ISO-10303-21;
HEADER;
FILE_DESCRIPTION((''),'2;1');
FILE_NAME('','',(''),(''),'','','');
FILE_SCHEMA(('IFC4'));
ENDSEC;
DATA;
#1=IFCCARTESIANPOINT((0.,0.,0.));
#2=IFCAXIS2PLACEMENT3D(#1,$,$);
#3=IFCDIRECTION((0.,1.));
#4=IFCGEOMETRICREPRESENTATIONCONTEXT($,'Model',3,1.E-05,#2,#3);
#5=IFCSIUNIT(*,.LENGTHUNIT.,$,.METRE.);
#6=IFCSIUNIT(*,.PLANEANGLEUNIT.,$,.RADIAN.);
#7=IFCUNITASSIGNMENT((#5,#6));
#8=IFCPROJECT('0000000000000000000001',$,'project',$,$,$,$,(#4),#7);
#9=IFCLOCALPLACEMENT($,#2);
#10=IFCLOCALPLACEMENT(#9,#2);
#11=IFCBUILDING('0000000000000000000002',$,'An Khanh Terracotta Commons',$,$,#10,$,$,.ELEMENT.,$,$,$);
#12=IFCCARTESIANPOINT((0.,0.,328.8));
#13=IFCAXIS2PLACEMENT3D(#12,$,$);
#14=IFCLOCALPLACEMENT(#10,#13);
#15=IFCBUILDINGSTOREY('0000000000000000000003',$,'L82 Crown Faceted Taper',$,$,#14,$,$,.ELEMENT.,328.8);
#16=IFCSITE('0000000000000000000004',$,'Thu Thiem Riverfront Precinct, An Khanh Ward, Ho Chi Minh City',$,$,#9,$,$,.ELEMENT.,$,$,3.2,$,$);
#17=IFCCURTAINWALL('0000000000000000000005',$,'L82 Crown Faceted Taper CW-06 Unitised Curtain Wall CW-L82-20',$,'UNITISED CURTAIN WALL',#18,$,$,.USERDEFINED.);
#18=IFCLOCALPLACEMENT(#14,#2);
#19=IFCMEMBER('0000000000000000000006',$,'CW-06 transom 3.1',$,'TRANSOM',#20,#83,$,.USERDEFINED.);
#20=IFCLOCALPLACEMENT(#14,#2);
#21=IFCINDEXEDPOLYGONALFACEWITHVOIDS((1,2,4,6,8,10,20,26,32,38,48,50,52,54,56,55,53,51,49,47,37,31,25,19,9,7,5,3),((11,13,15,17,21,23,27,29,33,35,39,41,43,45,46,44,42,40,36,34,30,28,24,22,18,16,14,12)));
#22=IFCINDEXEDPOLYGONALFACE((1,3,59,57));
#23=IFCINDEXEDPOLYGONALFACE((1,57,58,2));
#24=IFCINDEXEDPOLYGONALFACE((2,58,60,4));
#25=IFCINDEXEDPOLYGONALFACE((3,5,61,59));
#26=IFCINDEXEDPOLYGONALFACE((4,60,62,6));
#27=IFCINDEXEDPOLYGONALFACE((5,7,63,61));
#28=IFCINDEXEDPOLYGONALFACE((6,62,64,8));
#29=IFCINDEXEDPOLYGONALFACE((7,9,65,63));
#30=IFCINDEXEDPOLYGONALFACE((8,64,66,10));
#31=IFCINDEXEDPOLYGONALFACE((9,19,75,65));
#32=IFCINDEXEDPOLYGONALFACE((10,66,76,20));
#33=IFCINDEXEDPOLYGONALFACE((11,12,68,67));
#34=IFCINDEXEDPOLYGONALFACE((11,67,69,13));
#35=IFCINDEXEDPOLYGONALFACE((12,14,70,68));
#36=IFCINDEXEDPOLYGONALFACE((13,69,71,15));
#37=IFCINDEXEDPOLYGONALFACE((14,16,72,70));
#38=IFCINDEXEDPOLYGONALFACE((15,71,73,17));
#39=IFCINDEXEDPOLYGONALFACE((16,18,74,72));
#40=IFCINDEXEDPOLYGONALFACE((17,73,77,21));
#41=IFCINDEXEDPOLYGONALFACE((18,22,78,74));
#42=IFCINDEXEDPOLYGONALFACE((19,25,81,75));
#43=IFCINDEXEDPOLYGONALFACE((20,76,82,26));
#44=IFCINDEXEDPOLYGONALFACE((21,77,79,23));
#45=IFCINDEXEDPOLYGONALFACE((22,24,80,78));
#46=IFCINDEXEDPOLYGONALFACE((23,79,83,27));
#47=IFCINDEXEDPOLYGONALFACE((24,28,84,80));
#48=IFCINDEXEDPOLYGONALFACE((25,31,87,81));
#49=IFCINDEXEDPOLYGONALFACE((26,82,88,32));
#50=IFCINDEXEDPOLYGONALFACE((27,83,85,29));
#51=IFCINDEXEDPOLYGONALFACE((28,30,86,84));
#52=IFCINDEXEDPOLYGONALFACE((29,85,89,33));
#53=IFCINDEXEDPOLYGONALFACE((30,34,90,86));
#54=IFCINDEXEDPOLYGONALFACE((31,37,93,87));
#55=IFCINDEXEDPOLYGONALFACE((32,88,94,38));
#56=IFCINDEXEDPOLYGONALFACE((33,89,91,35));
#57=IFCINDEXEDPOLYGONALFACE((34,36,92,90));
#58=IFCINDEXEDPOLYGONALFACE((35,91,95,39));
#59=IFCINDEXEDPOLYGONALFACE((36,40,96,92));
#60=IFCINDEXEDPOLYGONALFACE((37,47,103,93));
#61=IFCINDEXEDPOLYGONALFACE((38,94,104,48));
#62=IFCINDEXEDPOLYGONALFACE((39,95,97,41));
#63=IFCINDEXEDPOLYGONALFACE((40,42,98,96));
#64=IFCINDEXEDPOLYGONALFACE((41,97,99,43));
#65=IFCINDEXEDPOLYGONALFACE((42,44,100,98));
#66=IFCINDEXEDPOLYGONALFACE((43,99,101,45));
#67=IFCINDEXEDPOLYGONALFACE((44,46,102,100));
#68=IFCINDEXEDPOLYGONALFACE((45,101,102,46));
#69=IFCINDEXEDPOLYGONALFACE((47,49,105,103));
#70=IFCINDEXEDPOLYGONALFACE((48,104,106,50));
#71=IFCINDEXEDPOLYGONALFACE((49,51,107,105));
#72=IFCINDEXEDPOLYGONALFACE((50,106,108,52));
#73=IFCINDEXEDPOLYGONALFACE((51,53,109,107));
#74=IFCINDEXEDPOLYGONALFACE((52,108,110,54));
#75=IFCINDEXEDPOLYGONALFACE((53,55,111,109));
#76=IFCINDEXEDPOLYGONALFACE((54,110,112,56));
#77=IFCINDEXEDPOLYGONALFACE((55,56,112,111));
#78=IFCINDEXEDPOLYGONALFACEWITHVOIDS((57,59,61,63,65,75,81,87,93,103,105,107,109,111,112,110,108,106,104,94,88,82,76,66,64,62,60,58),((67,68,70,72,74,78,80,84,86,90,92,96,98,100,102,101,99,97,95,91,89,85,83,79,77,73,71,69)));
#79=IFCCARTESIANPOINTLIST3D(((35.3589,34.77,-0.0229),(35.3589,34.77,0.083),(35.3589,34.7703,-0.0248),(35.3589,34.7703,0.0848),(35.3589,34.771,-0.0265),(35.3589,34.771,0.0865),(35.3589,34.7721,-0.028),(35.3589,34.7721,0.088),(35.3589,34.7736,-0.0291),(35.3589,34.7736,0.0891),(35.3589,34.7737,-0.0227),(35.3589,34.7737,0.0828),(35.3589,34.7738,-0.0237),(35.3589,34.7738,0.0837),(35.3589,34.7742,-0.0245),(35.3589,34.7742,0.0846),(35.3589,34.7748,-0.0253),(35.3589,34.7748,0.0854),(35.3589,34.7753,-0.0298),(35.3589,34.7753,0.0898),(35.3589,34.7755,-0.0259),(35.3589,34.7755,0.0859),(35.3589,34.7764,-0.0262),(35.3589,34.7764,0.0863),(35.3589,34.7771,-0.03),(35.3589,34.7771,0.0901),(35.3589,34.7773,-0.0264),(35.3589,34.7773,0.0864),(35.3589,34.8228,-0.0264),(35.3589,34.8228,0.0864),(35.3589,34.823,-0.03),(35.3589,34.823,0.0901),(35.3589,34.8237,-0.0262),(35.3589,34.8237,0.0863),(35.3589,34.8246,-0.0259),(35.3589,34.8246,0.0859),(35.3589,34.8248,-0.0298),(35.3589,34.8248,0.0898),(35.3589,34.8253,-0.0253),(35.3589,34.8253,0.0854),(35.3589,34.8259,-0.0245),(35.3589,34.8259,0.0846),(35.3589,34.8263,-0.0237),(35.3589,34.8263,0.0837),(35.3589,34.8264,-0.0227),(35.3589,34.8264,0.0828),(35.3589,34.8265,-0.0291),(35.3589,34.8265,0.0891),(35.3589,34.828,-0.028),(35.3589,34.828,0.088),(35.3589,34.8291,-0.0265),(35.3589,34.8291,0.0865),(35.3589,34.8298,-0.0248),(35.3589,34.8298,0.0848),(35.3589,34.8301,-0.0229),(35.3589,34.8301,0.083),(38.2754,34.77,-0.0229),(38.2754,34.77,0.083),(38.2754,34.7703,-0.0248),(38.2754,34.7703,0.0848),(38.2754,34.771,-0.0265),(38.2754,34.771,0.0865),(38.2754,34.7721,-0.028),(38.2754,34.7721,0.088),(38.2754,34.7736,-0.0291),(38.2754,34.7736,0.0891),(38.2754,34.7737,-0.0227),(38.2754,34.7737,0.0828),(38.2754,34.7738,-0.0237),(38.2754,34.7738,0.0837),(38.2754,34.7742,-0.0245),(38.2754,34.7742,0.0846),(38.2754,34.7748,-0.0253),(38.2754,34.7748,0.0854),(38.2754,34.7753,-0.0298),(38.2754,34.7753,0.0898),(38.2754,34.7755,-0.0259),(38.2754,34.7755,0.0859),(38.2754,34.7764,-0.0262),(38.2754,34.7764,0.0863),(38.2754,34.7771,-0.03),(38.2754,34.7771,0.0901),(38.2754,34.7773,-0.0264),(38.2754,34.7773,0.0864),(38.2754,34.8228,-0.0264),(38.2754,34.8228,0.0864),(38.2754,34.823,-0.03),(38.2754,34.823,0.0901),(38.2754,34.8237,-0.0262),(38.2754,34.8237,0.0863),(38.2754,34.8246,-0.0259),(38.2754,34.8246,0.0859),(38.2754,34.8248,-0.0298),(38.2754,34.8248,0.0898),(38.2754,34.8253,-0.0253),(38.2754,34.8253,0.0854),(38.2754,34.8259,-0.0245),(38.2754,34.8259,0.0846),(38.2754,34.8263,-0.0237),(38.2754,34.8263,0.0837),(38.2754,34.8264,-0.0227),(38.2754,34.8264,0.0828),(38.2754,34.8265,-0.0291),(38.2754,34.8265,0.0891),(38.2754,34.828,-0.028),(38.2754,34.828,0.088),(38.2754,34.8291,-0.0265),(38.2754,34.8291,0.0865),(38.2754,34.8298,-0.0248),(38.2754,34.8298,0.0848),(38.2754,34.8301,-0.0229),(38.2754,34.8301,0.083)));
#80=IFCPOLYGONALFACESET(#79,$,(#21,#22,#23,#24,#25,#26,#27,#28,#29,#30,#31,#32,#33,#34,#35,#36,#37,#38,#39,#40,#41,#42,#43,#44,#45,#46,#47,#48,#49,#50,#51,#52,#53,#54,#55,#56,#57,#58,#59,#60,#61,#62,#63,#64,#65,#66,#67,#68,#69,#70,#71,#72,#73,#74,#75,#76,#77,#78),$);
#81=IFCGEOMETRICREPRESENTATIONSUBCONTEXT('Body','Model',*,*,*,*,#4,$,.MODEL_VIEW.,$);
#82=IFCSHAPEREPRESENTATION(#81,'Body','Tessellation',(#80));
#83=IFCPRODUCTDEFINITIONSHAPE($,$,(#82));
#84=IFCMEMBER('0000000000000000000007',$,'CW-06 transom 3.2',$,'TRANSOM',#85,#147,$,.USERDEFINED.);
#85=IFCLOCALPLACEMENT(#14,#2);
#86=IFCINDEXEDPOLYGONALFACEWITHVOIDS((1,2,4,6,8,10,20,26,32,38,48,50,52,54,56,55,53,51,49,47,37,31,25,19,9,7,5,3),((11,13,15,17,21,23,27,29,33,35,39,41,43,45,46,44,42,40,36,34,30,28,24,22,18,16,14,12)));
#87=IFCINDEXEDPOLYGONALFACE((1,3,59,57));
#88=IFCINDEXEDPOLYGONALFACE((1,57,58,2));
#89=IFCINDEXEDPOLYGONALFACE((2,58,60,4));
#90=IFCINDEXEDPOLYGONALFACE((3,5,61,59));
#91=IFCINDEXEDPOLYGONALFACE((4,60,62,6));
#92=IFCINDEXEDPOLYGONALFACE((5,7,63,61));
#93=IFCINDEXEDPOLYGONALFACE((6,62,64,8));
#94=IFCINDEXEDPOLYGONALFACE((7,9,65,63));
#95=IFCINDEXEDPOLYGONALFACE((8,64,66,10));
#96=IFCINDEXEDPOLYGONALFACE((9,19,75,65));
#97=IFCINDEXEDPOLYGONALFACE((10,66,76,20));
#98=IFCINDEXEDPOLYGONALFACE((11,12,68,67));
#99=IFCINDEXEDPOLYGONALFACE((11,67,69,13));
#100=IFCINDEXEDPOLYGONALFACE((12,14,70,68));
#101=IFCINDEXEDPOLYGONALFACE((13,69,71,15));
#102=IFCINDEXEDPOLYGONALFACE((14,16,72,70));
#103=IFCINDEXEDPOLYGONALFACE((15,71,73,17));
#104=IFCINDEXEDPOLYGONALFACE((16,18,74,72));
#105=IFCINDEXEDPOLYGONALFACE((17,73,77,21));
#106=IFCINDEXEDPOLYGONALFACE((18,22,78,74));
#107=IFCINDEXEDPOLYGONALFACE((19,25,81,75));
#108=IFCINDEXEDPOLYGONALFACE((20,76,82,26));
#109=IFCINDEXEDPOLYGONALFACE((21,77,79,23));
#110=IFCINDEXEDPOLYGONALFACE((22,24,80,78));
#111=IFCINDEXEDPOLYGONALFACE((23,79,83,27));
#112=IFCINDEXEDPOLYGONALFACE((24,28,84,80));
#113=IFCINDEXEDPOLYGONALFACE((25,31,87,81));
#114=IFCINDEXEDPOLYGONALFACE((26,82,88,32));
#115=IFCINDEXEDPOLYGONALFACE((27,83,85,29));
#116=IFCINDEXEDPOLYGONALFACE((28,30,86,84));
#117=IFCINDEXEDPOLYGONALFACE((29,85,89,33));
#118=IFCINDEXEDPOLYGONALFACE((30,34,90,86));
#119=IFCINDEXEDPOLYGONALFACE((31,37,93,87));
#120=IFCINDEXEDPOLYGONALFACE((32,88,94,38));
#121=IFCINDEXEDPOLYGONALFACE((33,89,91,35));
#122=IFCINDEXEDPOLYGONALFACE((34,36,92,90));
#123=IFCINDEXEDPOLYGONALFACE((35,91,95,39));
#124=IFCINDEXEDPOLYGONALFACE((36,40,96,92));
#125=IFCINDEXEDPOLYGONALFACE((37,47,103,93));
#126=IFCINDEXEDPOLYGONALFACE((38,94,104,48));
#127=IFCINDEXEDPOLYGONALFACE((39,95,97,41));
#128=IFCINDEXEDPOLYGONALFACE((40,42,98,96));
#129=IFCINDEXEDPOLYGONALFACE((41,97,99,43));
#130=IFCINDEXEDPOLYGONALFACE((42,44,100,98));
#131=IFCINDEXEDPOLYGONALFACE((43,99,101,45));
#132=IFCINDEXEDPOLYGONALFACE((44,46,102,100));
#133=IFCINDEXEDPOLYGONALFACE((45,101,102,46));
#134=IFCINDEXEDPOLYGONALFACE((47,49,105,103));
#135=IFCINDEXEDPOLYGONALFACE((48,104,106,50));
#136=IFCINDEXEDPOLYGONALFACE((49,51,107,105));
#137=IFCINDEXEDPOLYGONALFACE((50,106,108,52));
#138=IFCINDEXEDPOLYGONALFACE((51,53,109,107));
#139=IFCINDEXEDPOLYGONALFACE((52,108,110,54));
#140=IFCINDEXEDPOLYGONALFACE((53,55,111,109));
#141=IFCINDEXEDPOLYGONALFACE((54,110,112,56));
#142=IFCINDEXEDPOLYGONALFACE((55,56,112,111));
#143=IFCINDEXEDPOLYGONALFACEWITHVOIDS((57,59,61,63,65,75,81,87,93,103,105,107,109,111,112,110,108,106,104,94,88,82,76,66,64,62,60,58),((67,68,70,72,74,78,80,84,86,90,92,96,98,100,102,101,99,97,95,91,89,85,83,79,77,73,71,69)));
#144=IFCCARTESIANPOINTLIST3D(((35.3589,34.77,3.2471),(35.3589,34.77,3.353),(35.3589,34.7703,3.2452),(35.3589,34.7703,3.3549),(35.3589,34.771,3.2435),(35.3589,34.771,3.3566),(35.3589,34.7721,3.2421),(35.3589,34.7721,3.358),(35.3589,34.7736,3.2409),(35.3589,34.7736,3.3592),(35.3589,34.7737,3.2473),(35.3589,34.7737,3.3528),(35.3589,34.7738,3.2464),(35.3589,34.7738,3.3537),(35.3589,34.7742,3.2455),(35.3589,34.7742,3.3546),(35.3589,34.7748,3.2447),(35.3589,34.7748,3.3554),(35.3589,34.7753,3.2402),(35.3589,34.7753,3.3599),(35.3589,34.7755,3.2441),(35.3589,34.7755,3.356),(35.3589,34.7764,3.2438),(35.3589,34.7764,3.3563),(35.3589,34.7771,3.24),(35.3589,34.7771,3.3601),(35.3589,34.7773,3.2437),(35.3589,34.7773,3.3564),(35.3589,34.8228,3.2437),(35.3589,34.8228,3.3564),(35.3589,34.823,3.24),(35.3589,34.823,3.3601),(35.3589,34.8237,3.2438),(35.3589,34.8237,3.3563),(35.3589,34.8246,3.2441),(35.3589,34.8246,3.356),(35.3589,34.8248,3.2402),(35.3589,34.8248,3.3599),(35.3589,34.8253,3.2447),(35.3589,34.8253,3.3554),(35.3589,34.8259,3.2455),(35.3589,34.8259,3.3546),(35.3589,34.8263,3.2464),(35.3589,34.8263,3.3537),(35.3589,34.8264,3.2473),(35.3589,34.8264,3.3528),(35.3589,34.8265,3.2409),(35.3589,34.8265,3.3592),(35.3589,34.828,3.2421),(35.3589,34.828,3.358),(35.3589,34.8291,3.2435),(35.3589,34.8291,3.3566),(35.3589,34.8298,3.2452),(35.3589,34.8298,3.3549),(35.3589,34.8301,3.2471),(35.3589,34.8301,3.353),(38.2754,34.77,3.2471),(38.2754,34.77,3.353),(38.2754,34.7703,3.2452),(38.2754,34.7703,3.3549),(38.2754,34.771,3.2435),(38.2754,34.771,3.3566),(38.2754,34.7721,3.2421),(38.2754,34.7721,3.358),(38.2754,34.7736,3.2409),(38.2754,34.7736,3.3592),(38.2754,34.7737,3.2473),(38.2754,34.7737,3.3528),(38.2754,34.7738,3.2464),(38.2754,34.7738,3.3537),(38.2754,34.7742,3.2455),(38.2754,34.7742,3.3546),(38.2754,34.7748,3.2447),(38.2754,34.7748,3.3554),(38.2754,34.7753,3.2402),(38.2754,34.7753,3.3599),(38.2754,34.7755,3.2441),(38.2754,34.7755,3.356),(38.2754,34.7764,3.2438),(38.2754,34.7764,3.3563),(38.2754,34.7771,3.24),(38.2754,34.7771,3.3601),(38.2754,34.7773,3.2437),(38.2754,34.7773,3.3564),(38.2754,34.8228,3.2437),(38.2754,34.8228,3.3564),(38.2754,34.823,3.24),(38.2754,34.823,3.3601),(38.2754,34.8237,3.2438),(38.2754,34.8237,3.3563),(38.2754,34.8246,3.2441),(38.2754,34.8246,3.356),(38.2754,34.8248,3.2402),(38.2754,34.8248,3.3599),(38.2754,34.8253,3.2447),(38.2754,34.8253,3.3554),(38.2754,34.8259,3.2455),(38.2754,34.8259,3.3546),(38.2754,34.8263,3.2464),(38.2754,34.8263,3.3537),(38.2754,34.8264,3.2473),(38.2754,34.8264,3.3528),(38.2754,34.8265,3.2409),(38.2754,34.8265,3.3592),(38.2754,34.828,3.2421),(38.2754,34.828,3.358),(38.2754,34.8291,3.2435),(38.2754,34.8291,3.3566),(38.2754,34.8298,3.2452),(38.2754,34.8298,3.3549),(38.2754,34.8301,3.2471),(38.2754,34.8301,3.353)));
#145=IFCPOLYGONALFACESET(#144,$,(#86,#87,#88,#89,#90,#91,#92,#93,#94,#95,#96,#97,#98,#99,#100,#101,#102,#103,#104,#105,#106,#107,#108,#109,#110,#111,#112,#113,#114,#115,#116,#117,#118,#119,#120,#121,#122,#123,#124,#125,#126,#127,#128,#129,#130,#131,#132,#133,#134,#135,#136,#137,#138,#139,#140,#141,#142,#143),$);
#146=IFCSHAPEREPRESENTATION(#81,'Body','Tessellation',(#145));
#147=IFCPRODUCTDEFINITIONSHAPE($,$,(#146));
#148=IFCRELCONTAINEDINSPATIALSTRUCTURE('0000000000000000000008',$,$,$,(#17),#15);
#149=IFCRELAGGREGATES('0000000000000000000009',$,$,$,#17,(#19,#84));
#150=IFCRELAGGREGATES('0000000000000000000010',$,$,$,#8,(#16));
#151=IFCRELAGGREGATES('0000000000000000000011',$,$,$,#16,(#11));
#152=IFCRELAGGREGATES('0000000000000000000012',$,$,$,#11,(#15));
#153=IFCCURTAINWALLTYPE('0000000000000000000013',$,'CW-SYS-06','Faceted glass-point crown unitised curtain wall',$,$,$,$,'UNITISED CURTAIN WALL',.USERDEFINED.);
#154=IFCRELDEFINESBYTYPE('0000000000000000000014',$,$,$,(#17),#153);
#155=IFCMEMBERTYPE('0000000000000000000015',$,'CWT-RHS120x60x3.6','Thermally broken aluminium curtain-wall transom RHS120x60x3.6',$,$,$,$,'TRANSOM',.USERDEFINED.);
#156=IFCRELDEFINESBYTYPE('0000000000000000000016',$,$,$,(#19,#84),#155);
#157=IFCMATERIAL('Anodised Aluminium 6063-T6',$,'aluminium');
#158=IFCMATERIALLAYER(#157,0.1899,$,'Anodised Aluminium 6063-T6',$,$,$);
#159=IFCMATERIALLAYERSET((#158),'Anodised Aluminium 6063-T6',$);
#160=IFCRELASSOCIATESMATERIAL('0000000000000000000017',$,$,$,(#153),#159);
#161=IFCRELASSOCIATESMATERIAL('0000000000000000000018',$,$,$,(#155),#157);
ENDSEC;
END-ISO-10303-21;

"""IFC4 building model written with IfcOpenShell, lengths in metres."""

from ifc_helpers import new_model, si_unit, direction, frame, origin, origin_2d, place, context, subcontext, project, spatial, hollow_rectangle, extrude, material, layer, layer_set, material_profile, profile_set, type_object, element, aggregate, save


model = new_model("IFC4")

# Units and contexts
model_context = context("Model", 3, precision=1e-05, world=origin(), true_north=direction((0.0, 1.0)))
body_context = subcontext(model_context, "Body", "Model", "MODEL_VIEW")
ifc_project = project(units=[si_unit("LENGTHUNIT", "METRE"), si_unit("PLANEANGLEUNIT", "RADIAN")], contexts=[model_context])

# Site, building, storey
site_placement = place(None, origin())
site = spatial("IfcSite", under=ifc_project, at=site_placement, Name="Thu Thiem Riverfront Precinct, An Khanh Ward, Ho Chi Minh City", CompositionType="ELEMENT", RefElevation=3.2)
building_placement = place(site_placement, origin())
building = spatial("IfcBuilding", under=site, at=building_placement, Name="An Khanh Terracotta Commons", CompositionType="ELEMENT")
storey_placement = place(building_placement, frame((0.0, 0.0, 328.8)))
storey = spatial("IfcBuildingStorey", under=building, at=storey_placement, Name="L82 Crown Faceted Taper", CompositionType="ELEMENT", Elevation=328.8)

# Curtain wall, members
ifc_material_1 = material(Name="Anodised Aluminium 6063-T6", Category="aluminium")
ifc_layer_1 = layer(ifc_material_1, 0.1899, Name="Anodised Aluminium 6063-T6")
ifc_layer_set_1 = layer_set([ifc_layer_1], Name="Anodised Aluminium 6063-T6")
curtain_wall_type = type_object("IfcCurtainWallType", Name="CW-SYS-06", Description="Faceted glass-point crown unitised curtain wall", ElementType="UNITISED CURTAIN WALL", PredefinedType="USERDEFINED", material=ifc_layer_set_1)
curtain_wall_placement = place(storey_placement, origin())
curtain_wall = element("IfcCurtainWall", 1, at=curtain_wall_placement, inside=storey, type_object=curtain_wall_type, Name="L82 Crown Faceted Taper CW-06 Unitised Curtain Wall CW-L82-20", ObjectType="UNITISED CURTAIN WALL", PredefinedType="USERDEFINED")
ifc_material_profile_1 = material_profile(ifc_material_1, hollow_rectangle(XDim=0.0601, YDim=0.1201, WallThickness=0.0037, InnerFilletRadius=0.0037, OuterFilletRadius=0.0071, at=origin_2d()), Name="RHS120x60x3.6")
ifc_profile_set_1 = profile_set([ifc_material_profile_1], Name="Anodised Aluminium 6063-T6")
member_type_1 = type_object("IfcMemberType", Name="CWT-RHS120x60x3.6", Description="Thermally broken aluminium curtain-wall transom RHS120x60x3.6", ElementType="TRANSOM", PredefinedType="USERDEFINED", material=ifc_profile_set_1)
member_1_placement = place(storey_placement, frame((38.2754, 34.8, 0.03), z_axis=(-1.0, 0.0, 0.0), x_axis=(0.0, -1.0, 0.0)))
member_1 = element("IfcMember", 2, at=member_1_placement, type_object=member_type_1, Name="CW-06 transom 3.1", ObjectType="TRANSOM", PredefinedType="USERDEFINED", context=body_context, shape_type="SweptSolid", body=[
    extrude(hollow_rectangle(XDim=0.0601, YDim=0.1201, WallThickness=0.0037, InnerFilletRadius=0.0037, OuterFilletRadius=0.0071, at=origin_2d()), origin(), (0.0, 0.0, 1.0), 2.9165),
])
member_2_placement = place(storey_placement, frame((38.2754, 34.8, 3.3), z_axis=(-1.0, 0.0, 0.0), x_axis=(0.0, -1.0, 0.0)))
member_2 = element("IfcMember", 3, at=member_2_placement, type_object=member_type_1, Name="CW-06 transom 3.2", ObjectType="TRANSOM", PredefinedType="USERDEFINED", context=body_context, shape_type="SweptSolid", body=[
    extrude(hollow_rectangle(XDim=0.0601, YDim=0.1201, WallThickness=0.0037, InnerFilletRadius=0.0037, OuterFilletRadius=0.0071, at=origin_2d()), origin(), (0.0, 0.0, 1.0), 2.9165),
])

aggregate(curtain_wall, [member_1, member_2])

save(model, "model.ifc")
